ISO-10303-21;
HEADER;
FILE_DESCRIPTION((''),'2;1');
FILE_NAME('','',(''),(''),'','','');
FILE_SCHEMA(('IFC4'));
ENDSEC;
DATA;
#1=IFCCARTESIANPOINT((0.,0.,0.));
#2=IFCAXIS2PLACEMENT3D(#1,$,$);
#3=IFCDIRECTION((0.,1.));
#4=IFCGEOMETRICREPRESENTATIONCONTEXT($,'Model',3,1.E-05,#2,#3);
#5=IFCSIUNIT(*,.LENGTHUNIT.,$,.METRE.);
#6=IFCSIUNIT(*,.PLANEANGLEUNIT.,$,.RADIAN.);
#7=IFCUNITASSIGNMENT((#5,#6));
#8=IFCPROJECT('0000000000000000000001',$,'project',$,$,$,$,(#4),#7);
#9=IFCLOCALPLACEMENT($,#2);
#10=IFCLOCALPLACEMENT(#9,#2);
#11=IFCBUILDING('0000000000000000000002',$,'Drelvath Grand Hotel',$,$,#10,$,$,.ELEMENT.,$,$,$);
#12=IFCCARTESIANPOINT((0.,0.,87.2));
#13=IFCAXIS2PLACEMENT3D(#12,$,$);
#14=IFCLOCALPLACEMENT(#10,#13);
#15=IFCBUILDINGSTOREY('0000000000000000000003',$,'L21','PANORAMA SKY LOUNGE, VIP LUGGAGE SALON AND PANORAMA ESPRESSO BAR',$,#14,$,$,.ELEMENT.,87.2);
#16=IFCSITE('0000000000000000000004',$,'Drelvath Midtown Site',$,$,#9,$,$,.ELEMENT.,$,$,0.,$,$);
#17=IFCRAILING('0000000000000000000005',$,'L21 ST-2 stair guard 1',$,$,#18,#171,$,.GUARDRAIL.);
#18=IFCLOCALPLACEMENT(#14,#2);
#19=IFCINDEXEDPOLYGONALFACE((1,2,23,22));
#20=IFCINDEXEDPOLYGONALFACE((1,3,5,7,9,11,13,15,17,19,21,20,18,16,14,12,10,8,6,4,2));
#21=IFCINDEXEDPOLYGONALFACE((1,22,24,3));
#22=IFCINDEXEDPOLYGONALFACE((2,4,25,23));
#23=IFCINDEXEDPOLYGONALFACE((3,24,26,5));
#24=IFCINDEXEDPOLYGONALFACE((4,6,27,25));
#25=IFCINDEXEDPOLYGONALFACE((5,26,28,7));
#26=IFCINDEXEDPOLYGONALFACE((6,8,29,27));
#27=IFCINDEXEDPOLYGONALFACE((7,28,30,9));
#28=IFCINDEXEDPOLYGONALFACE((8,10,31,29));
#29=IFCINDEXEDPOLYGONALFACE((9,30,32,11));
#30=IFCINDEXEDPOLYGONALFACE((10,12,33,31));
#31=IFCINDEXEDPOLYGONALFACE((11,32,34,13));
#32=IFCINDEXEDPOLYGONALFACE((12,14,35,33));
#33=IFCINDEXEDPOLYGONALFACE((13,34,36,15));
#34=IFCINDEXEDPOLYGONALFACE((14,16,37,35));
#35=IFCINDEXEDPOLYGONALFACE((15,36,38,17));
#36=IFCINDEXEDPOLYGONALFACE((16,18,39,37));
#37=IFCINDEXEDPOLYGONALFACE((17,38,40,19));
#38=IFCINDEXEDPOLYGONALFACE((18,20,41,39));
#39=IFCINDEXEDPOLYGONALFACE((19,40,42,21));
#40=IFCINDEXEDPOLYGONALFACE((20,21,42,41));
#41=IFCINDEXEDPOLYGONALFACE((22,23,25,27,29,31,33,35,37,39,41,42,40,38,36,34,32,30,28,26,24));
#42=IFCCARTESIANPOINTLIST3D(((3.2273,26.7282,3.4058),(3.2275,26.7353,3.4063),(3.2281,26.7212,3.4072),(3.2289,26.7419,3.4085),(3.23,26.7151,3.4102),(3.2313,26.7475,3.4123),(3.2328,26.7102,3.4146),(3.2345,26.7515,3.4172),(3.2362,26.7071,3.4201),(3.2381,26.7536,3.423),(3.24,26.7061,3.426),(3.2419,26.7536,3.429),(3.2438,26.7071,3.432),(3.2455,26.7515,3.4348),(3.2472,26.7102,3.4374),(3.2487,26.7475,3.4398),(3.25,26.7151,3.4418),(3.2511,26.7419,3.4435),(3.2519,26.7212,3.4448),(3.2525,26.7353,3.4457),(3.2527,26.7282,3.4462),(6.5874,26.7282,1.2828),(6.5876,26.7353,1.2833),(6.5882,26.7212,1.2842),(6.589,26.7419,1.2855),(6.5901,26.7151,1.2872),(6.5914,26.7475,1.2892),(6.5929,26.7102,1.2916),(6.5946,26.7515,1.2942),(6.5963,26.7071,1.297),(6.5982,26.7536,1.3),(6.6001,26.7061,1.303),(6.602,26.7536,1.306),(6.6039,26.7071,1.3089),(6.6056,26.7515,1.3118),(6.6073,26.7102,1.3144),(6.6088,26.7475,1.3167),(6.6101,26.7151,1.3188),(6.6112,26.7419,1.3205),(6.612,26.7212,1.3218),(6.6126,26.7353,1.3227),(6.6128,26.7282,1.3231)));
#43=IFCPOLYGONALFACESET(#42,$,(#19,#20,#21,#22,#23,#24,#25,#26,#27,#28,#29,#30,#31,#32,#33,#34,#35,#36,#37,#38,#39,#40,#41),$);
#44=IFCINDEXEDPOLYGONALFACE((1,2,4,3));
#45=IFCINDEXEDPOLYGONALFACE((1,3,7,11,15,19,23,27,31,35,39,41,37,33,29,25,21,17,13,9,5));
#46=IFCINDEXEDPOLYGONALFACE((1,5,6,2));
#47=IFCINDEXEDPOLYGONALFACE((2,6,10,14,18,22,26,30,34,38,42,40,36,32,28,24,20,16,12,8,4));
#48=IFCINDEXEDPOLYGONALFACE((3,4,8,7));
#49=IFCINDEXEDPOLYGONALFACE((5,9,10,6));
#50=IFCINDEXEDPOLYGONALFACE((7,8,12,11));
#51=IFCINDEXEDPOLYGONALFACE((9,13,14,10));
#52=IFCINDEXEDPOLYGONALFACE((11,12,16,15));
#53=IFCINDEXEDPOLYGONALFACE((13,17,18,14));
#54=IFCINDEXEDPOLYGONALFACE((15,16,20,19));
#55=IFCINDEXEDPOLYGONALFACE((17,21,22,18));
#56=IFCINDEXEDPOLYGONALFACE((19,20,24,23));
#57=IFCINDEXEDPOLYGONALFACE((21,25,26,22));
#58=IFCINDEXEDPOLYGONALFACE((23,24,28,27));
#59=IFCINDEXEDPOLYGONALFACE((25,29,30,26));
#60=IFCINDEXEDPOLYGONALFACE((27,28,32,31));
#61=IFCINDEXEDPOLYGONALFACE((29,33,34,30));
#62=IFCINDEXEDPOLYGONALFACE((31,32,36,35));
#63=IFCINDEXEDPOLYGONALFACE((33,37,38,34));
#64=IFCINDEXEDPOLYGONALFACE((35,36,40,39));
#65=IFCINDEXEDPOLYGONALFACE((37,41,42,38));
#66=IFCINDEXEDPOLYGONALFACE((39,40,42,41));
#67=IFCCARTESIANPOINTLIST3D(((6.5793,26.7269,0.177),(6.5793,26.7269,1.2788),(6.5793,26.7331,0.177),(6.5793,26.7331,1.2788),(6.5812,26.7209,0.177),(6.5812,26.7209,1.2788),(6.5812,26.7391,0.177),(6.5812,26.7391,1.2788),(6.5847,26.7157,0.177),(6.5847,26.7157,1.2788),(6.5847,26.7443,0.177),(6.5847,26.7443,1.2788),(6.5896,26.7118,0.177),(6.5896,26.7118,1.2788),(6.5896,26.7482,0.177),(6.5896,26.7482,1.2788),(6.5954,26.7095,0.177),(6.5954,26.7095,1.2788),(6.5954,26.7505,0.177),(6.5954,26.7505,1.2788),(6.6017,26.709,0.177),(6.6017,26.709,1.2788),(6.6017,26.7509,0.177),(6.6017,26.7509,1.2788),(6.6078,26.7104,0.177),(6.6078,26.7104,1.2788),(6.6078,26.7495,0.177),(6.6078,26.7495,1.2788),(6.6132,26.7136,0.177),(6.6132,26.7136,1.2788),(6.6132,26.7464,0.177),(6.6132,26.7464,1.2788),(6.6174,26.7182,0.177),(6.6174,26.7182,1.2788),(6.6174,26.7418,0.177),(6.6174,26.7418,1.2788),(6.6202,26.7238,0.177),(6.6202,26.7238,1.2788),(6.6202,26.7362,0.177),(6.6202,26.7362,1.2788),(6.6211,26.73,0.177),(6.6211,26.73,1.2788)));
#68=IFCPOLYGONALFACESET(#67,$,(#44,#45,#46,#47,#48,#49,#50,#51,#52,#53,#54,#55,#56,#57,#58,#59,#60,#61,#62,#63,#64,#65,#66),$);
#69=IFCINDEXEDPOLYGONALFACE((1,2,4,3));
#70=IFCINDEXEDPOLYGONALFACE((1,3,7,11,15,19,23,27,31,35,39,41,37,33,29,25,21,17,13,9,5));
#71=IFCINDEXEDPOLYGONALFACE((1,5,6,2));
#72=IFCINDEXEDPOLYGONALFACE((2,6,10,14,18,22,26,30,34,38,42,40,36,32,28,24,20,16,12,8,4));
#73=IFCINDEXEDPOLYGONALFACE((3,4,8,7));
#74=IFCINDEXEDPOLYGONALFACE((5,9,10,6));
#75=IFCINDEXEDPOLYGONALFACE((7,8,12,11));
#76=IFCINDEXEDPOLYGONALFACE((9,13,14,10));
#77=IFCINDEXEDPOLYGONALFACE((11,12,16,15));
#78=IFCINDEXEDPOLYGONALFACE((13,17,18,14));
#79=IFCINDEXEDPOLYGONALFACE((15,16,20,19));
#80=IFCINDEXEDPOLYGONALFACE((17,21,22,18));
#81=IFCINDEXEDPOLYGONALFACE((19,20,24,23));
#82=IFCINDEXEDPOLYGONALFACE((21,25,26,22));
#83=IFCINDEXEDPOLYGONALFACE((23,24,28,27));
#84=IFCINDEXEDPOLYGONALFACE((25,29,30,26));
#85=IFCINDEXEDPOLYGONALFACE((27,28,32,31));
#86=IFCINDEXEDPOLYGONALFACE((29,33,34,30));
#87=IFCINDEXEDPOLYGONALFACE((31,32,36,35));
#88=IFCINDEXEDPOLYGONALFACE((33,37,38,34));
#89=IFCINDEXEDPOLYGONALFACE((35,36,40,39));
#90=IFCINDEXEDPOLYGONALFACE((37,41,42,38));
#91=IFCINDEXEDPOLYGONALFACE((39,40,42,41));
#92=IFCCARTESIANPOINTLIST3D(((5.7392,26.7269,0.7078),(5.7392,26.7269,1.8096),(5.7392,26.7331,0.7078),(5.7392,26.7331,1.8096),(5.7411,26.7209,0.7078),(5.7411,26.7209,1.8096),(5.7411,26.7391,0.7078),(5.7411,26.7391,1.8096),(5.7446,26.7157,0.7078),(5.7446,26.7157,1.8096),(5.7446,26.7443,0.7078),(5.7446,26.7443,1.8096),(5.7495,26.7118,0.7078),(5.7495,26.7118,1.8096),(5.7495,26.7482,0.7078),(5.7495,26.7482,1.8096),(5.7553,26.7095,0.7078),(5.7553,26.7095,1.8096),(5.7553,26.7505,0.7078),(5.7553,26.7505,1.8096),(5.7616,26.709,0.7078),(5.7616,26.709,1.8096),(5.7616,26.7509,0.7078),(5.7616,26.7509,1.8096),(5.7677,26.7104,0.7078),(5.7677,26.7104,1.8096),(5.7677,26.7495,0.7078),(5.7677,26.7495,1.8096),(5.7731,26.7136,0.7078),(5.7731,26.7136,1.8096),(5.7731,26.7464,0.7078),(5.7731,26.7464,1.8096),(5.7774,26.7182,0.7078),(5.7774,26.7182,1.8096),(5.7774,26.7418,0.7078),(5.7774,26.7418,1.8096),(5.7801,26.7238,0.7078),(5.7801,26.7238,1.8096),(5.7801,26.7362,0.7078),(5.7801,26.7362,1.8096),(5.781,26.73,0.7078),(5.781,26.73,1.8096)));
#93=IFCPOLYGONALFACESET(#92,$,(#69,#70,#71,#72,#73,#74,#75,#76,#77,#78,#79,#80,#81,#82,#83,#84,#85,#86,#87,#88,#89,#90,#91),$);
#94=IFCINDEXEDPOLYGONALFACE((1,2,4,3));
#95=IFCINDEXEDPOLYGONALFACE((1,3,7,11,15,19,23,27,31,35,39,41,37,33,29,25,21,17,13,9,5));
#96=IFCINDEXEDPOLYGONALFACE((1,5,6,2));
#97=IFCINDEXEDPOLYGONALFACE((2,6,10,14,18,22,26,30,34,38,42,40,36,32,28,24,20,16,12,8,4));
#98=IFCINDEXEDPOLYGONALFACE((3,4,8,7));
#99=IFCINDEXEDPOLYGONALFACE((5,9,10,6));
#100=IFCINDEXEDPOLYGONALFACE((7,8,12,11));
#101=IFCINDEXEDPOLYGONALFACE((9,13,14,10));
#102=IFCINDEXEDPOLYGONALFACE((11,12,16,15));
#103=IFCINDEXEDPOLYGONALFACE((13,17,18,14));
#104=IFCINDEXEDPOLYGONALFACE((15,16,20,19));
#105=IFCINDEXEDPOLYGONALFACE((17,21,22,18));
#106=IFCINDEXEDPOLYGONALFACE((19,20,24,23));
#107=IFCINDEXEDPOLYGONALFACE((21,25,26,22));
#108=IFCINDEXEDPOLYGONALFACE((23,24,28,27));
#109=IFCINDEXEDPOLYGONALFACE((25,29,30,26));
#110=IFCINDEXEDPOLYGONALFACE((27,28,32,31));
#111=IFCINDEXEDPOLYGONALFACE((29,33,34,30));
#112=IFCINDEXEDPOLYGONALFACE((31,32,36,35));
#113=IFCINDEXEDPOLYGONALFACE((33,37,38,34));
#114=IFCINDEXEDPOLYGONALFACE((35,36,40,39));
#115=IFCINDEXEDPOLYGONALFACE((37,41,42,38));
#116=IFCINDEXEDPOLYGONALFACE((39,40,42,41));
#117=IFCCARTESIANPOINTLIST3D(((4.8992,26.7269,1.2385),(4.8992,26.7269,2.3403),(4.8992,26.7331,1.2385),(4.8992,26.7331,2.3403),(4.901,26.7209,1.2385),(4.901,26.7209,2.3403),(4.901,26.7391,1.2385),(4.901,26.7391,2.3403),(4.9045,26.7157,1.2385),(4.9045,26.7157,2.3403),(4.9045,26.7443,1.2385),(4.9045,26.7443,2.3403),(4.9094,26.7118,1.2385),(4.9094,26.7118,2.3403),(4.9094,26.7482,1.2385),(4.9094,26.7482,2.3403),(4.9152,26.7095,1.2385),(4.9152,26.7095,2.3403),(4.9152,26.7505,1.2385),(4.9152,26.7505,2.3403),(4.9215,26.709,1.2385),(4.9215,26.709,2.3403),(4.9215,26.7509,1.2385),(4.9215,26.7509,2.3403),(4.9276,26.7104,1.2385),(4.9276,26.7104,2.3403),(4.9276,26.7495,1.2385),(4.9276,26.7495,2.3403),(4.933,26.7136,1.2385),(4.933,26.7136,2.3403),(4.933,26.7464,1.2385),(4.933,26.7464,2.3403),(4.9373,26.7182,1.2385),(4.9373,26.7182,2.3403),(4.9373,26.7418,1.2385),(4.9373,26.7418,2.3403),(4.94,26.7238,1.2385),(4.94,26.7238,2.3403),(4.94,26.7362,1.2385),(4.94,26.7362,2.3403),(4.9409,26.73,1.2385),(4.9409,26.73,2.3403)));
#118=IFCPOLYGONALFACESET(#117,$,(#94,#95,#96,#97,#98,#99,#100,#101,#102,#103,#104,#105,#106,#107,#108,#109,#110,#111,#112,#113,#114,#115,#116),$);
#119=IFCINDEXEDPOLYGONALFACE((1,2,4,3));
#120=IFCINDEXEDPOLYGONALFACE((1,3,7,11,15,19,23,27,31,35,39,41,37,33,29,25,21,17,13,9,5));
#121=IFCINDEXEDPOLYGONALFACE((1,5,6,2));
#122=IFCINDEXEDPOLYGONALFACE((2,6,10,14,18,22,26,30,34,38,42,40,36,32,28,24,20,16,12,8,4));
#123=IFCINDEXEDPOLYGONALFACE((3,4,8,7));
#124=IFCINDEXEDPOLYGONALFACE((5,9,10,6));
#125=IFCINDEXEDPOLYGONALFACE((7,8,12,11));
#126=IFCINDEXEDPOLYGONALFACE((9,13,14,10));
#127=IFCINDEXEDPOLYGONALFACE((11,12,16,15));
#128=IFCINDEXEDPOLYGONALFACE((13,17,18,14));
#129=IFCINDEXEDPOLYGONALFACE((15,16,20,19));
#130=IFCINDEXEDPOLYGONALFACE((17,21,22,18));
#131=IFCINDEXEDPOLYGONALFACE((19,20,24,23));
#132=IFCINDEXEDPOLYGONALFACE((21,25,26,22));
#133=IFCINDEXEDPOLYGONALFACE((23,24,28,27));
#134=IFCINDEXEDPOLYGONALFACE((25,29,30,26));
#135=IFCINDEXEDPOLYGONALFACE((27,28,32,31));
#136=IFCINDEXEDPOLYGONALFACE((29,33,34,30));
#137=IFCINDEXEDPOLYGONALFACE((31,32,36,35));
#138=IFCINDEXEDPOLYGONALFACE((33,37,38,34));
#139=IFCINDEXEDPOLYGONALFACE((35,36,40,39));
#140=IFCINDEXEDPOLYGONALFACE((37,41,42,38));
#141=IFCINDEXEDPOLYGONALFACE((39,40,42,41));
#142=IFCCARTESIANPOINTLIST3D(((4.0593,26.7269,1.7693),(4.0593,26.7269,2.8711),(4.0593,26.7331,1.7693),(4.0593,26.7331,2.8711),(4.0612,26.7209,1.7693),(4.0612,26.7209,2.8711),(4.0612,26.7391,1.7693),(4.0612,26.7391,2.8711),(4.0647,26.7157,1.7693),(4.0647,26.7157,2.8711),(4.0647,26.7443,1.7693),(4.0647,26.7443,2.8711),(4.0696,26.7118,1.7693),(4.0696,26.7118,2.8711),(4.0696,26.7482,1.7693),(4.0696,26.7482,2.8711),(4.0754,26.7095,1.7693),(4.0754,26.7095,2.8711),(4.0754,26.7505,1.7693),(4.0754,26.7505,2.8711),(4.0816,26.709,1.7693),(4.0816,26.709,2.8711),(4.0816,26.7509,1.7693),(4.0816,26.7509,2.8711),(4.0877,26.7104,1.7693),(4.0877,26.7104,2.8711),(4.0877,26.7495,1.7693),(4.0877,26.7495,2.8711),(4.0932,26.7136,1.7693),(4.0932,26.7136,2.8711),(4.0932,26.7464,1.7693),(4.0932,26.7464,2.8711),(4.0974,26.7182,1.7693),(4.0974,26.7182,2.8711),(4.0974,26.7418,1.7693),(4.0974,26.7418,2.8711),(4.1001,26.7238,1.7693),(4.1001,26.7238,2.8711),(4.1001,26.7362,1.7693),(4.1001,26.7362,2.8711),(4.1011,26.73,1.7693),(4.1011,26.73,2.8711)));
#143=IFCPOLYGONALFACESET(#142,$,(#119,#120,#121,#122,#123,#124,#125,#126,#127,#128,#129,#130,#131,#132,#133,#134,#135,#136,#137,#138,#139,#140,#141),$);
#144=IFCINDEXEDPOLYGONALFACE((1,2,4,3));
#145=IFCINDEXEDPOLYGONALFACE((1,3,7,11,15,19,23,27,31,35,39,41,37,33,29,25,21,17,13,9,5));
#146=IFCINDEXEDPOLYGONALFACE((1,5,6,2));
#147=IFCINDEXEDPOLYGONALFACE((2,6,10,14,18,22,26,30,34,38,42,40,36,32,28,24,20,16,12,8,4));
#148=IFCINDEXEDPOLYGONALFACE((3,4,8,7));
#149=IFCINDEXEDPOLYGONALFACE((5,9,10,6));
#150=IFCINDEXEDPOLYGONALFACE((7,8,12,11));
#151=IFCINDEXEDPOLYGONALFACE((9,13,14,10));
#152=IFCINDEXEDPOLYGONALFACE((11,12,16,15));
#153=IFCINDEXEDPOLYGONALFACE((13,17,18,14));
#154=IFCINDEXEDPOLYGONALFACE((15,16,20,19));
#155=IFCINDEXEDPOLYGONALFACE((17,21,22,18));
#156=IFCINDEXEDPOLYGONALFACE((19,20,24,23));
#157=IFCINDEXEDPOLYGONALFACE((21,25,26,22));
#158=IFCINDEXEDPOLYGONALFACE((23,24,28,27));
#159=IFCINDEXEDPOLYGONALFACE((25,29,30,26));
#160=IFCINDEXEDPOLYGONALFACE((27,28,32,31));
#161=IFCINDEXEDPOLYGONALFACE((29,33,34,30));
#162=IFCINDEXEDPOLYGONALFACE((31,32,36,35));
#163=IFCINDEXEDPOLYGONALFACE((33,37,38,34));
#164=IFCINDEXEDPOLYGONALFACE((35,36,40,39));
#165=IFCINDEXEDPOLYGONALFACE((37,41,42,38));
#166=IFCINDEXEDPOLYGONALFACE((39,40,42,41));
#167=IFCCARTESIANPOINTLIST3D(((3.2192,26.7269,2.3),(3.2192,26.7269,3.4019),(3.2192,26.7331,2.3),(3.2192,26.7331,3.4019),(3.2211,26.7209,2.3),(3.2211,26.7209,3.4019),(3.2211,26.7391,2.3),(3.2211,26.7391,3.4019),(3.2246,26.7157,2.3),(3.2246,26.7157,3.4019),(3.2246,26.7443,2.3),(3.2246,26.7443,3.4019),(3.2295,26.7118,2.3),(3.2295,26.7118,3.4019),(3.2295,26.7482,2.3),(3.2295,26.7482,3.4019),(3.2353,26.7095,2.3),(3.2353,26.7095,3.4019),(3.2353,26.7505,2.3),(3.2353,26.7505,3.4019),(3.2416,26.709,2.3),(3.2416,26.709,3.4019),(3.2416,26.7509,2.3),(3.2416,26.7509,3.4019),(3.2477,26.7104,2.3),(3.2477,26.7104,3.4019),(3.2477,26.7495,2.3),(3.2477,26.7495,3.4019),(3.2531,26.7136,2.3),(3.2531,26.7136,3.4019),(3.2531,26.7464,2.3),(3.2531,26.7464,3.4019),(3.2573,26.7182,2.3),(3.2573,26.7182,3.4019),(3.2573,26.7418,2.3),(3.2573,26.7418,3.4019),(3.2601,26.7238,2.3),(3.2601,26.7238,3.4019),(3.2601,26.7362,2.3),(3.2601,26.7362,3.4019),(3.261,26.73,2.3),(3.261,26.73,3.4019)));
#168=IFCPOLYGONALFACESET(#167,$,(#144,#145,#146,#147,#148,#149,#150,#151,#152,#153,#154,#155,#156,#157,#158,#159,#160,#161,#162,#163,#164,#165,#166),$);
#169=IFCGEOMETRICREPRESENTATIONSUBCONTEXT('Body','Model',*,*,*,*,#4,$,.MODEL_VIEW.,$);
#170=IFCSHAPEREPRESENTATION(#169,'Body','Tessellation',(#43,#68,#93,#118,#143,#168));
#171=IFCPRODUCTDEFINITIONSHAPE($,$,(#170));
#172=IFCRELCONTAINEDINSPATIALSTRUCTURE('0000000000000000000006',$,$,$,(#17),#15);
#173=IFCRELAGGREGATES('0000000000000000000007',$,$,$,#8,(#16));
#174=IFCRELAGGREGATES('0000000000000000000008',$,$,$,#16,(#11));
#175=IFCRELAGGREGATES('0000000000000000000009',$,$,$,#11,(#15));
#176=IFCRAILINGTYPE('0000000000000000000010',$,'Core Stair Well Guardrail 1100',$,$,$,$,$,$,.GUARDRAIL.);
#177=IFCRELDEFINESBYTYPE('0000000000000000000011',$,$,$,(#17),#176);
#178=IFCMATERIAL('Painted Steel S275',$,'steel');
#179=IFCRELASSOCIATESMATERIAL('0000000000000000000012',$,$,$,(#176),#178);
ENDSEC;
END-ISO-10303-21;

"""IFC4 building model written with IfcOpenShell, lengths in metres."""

from ifc_helpers import new_model, si_unit, direction, frame, origin, origin_2d, place, context, subcontext, project, spatial, circle, extrude, material, type_object, element, save


model = new_model("IFC4")

# Units and contexts
model_context = context("Model", 3, precision=1e-05, world=origin(), true_north=direction((0.0, 1.0)))
body_context = subcontext(model_context, "Body", "Model", "MODEL_VIEW")
ifc_project = project(units=[si_unit("LENGTHUNIT", "METRE"), si_unit("PLANEANGLEUNIT", "RADIAN")], contexts=[model_context])

# Site, building, storey
site_placement = place(None, origin())
site = spatial("IfcSite", under=ifc_project, at=site_placement, Name="Drelvath Midtown Site", CompositionType="ELEMENT", RefElevation=0.0)
building_placement = place(site_placement, origin())
building = spatial("IfcBuilding", under=site, at=building_placement, Name="Drelvath Grand Hotel", CompositionType="ELEMENT")
storey_placement = place(building_placement, frame((0.0, 0.0, 87.2)))
storey = spatial("IfcBuildingStorey", under=building, at=storey_placement, Name="L21", Description="PANORAMA SKY LOUNGE, VIP LUGGAGE SALON AND PANORAMA ESPRESSO BAR", CompositionType="ELEMENT", Elevation=87.2)

# Railing
ifc_material_1 = material(Name="Painted Steel S275", Category="steel")
railing_type_1 = type_object("IfcRailingType", Name="Core Stair Well Guardrail 1100", PredefinedType="GUARDRAIL", material=ifc_material_1)
railing_1_placement = place(storey_placement, frame((6.6001, 26.73, 0.177)))
element("IfcRailing", 1, at=railing_1_placement, inside=storey, type_object=railing_type_1, Name="L21 ST-2 stair guard 1", PredefinedType="GUARDRAIL", context=body_context, shape_type="SweptSolid", body=[
    extrude(circle(Radius=0.0239, at=origin_2d()), frame((0.0, 0.0, 1.126), z_axis=(-0.84539, 0.0, 0.53415), x_axis=(0.0, -1.0, 0.0)), (0.0, 0.0, 1.0), 3.9746),
    extrude(circle(Radius=0.021, at=origin_2d()), origin(), (0.0, 0.0, 1.0), 1.1018),
    extrude(circle(Radius=0.021, at=origin_2d()), frame((-0.8401, 0.0, 0.5308)), (0.0, 0.0, 1.0), 1.1018),
    extrude(circle(Radius=0.021, at=origin_2d()), frame((-1.6802, 0.0, 1.0615)), (0.0, 0.0, 1.0), 1.1018),
    extrude(circle(Radius=0.021, at=origin_2d()), frame((-2.52, 0.0, 1.5923)), (0.0, 0.0, 1.0), 1.1018),
    extrude(circle(Radius=0.021, at=origin_2d()), frame((-3.3601, 0.0, 2.123)), (0.0, 0.0, 1.0), 1.1018),
])

save(model, "model.ifc")
